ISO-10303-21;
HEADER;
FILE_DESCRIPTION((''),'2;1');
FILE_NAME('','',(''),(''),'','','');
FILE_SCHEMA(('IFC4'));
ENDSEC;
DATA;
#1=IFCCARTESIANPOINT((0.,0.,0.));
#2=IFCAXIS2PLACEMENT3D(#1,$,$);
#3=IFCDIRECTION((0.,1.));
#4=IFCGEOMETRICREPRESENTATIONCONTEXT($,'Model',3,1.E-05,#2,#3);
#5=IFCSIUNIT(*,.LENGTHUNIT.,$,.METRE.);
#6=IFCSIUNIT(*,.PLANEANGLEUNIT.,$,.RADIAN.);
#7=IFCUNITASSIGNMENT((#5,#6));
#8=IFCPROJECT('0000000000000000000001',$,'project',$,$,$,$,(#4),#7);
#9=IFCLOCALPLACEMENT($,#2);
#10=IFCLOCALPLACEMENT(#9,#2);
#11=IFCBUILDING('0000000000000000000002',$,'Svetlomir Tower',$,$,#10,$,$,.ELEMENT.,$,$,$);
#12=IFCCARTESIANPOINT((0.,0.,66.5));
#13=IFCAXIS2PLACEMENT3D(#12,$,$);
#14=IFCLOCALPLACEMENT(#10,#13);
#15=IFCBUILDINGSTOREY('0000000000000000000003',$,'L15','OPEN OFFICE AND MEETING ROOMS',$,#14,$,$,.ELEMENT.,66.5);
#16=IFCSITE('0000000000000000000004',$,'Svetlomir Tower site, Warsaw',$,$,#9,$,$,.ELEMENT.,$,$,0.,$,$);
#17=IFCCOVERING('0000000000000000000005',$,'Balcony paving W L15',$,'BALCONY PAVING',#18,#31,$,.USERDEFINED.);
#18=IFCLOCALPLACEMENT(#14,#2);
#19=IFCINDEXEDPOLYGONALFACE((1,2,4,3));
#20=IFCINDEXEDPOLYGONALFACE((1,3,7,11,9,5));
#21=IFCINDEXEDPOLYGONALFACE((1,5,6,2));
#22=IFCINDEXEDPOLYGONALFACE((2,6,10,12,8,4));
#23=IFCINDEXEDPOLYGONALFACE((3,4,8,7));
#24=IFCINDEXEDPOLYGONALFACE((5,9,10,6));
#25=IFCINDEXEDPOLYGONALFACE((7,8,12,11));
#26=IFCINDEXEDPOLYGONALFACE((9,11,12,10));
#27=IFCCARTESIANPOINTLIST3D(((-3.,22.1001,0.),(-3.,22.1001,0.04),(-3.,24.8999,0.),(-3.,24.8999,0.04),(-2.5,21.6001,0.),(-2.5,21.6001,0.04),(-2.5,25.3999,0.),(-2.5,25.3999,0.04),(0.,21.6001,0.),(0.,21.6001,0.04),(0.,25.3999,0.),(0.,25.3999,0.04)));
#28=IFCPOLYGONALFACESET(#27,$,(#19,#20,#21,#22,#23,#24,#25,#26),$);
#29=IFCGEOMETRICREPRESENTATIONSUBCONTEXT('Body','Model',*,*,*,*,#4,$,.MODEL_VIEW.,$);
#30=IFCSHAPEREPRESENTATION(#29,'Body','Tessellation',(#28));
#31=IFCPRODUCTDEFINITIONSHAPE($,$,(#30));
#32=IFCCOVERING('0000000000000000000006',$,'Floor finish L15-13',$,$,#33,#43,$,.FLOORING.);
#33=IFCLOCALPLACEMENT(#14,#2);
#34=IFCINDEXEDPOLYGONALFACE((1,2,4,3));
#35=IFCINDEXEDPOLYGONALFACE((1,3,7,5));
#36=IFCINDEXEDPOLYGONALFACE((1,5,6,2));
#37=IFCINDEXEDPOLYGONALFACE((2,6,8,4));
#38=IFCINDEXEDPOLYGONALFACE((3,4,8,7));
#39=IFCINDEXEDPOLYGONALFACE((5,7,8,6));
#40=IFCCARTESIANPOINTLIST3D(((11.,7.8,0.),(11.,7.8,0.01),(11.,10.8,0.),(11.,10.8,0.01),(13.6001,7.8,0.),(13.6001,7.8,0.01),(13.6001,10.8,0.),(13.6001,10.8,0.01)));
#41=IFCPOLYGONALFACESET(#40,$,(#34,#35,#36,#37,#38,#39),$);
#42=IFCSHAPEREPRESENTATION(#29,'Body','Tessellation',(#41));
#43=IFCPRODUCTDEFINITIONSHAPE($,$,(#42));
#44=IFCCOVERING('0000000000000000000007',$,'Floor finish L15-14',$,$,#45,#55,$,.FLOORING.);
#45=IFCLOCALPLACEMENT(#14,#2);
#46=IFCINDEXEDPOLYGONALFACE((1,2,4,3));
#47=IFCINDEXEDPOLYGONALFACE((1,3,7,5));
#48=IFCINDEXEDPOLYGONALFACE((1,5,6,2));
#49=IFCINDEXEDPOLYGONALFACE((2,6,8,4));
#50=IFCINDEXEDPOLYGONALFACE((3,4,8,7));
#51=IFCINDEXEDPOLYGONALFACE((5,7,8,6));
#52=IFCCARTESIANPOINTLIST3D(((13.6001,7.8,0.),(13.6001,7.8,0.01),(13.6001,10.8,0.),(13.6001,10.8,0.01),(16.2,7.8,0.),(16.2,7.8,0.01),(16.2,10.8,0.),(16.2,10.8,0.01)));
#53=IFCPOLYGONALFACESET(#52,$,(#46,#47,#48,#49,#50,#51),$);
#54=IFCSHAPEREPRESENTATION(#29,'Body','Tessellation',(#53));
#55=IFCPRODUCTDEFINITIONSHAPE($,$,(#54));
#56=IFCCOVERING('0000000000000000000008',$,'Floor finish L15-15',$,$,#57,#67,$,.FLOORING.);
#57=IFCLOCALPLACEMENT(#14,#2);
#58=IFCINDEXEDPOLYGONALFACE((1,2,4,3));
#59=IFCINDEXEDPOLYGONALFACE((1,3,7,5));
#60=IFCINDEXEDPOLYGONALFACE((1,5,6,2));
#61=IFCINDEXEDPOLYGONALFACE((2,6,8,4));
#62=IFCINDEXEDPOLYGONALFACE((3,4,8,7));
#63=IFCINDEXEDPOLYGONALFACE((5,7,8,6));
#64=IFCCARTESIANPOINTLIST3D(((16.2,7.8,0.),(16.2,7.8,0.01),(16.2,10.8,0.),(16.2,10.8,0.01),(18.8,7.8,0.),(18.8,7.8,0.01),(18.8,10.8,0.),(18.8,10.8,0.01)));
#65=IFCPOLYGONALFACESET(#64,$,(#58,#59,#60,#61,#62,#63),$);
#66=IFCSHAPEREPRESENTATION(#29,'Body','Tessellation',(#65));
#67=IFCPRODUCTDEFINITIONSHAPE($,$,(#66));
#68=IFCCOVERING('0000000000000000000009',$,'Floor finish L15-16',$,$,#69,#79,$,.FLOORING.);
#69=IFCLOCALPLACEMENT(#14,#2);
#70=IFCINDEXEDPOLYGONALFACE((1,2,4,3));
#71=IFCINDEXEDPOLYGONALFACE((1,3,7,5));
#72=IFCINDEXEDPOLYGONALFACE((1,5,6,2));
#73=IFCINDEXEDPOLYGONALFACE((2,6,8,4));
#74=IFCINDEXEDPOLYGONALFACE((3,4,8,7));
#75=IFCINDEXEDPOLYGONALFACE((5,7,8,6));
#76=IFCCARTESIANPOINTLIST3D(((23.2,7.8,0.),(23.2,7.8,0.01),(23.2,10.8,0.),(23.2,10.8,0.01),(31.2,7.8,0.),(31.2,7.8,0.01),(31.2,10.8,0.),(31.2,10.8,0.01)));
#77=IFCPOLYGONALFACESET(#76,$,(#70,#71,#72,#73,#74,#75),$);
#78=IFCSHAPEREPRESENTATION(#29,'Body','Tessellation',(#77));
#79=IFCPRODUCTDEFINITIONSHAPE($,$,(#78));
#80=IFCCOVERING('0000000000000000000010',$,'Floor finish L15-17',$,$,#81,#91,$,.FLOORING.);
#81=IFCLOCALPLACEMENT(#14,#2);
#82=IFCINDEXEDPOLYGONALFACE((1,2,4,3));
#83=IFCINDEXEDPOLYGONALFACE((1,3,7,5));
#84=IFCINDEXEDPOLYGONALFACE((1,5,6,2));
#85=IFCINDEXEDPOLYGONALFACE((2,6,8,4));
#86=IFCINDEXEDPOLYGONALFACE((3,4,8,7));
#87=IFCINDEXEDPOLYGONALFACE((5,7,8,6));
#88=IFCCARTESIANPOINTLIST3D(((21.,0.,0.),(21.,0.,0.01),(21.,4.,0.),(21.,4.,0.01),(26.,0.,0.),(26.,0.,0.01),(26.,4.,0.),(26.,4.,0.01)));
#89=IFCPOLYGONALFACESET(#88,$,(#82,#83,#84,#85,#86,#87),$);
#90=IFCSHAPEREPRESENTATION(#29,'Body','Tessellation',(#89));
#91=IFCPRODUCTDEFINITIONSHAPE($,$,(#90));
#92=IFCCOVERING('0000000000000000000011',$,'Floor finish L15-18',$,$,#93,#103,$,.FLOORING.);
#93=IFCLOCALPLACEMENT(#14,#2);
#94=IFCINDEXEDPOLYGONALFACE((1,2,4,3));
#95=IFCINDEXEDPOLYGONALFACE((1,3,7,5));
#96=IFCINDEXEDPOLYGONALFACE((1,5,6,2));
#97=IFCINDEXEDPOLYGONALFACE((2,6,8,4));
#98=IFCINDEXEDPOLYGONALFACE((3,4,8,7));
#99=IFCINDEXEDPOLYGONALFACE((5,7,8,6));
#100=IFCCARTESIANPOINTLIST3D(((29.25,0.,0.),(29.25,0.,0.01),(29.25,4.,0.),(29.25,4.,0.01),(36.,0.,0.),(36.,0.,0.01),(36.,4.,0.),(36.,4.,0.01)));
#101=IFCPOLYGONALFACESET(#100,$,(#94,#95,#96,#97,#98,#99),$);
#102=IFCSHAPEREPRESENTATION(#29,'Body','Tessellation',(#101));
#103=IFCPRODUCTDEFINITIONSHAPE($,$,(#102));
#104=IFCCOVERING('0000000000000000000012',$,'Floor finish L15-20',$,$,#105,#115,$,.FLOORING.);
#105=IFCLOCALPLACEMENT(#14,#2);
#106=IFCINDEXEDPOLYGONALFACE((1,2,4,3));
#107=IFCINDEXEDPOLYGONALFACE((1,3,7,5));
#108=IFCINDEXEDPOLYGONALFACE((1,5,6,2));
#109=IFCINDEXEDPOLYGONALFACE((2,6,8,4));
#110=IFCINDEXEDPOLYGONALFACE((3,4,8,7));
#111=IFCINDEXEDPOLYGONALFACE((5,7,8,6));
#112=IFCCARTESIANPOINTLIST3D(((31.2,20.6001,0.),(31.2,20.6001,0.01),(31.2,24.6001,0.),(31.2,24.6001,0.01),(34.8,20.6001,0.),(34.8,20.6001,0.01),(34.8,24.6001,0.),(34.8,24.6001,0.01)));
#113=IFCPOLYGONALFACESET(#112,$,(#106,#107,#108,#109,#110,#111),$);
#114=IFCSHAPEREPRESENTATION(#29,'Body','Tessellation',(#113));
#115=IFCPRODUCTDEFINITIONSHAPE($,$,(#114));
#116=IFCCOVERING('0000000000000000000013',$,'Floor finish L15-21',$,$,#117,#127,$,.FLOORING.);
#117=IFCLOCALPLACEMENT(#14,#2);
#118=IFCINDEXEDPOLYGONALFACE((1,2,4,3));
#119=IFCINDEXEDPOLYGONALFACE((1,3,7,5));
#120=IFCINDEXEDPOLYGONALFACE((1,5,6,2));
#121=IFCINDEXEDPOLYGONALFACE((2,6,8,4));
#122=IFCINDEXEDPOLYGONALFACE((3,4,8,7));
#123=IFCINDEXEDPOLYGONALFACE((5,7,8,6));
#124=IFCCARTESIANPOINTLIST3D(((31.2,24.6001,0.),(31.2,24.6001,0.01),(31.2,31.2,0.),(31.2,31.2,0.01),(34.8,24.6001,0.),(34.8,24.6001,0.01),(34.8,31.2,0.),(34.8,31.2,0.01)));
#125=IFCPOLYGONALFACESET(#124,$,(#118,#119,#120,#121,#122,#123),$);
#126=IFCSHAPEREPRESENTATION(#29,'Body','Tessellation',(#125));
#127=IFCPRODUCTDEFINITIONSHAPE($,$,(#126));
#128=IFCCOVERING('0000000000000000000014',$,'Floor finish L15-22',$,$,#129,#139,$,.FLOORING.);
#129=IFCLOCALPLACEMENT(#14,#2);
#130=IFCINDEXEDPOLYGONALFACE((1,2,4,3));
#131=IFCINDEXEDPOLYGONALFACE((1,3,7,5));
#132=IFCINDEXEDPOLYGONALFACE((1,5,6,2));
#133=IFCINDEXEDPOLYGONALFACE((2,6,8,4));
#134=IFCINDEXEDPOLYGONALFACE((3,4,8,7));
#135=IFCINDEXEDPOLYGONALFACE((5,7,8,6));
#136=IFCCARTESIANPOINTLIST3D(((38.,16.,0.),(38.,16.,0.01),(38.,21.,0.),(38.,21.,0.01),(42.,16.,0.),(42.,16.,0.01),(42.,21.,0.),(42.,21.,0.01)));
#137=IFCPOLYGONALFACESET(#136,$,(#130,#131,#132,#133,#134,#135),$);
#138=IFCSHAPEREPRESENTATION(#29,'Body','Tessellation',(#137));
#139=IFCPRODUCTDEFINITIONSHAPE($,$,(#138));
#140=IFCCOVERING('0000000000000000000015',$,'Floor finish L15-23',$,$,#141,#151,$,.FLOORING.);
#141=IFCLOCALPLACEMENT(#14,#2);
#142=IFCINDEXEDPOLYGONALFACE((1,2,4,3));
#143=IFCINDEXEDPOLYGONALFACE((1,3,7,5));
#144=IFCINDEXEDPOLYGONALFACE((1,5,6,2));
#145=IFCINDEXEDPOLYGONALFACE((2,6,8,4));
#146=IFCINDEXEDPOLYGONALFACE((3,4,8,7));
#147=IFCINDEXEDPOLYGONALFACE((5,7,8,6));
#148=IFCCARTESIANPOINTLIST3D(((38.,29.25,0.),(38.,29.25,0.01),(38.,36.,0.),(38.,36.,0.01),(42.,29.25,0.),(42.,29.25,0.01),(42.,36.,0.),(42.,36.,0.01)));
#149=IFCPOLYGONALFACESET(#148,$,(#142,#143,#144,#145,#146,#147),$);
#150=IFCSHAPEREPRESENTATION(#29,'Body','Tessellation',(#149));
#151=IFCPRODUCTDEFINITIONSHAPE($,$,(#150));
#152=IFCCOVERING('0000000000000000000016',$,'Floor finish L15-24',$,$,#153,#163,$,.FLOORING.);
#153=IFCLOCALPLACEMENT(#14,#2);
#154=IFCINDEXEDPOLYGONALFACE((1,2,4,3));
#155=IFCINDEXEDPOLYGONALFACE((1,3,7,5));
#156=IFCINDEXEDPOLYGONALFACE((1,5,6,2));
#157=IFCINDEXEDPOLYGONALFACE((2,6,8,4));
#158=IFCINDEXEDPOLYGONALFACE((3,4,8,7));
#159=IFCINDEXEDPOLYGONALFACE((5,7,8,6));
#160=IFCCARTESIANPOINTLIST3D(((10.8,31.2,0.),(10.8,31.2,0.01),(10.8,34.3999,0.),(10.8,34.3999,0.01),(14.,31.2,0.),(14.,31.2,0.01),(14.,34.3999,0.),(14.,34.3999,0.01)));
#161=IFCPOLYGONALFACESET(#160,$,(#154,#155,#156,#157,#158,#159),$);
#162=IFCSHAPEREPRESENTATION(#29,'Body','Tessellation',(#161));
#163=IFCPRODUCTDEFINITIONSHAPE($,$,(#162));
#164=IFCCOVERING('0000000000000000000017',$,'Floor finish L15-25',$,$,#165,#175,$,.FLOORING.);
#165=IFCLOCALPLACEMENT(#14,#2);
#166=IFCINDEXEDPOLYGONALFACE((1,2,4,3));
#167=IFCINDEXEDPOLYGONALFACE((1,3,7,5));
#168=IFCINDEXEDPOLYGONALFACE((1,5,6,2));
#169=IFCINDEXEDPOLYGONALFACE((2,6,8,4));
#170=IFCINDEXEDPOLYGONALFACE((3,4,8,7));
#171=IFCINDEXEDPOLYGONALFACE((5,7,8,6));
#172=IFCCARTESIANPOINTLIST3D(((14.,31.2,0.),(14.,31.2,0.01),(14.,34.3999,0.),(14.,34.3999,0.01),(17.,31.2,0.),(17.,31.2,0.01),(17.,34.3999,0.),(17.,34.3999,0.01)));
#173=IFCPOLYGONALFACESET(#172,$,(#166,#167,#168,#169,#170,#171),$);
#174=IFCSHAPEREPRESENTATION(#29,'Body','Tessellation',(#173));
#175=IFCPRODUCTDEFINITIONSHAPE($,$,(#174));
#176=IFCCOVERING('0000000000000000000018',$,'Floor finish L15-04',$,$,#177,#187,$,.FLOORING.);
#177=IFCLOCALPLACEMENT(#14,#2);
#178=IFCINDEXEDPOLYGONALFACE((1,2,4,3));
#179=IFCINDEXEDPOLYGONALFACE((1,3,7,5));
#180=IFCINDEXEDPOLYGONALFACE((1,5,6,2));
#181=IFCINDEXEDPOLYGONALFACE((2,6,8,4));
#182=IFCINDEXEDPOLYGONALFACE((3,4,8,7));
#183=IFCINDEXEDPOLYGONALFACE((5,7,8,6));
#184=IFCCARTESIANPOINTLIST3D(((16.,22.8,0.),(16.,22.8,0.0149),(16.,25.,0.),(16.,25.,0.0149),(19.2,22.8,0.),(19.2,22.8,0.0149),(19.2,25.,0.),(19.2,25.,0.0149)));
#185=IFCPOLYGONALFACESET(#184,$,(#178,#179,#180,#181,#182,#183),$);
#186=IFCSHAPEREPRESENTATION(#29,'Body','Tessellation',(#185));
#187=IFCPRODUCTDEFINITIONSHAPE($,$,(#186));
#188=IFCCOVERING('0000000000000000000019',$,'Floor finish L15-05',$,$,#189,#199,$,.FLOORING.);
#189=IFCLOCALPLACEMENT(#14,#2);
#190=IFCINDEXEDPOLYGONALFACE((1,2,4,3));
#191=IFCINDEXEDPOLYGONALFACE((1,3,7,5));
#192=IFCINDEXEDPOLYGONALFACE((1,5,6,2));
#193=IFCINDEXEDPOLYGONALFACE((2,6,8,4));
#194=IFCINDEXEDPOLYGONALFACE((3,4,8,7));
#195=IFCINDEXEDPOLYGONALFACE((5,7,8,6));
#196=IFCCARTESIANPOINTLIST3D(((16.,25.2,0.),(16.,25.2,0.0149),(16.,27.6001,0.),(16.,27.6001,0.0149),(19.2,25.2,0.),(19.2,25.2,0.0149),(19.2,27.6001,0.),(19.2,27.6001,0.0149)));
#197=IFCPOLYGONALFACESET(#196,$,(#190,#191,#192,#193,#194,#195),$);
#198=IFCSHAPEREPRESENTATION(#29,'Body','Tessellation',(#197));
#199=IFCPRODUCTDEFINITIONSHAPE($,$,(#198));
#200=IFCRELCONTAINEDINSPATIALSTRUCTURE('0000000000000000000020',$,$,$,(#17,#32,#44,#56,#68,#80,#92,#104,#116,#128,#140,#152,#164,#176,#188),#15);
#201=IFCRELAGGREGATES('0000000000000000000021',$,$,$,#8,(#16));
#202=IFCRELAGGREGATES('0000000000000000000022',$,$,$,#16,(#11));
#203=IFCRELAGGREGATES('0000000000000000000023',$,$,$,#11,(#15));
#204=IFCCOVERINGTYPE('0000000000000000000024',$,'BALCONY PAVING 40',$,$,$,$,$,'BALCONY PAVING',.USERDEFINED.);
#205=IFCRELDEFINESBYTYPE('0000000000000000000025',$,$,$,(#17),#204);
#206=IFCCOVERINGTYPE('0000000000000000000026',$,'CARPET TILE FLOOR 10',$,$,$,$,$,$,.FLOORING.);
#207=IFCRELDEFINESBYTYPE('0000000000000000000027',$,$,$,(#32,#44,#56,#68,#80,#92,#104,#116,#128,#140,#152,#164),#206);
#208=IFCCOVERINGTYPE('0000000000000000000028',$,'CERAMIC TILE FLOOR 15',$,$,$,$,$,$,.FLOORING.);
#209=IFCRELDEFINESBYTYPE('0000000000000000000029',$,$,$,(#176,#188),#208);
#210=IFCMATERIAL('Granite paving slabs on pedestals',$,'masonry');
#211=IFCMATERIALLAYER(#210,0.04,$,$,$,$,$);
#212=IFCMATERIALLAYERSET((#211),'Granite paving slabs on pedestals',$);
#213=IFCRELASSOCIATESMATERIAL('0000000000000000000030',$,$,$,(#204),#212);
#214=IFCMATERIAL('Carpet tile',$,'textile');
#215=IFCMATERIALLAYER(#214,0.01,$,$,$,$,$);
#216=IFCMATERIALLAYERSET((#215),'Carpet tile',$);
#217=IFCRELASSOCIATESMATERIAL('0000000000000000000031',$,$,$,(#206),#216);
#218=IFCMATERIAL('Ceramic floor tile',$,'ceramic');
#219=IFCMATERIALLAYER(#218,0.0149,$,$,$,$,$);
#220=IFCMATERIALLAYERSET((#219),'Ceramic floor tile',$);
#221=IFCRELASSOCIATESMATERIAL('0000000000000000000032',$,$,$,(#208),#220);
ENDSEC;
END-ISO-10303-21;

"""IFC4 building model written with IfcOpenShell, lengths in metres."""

from ifc_helpers import new_model, si_unit, direction, frame, origin, place, context, subcontext, project, spatial, polyline, outline, extrude, material, layer, layer_set, type_object, element, save


model = new_model("IFC4")

# Units and contexts
model_context = context("Model", 3, precision=1e-05, world=origin(), true_north=direction((0.0, 1.0)))
body_context = subcontext(model_context, "Body", "Model", "MODEL_VIEW")
ifc_project = project(units=[si_unit("LENGTHUNIT", "METRE"), si_unit("PLANEANGLEUNIT", "RADIAN")], contexts=[model_context])

# Site, building, storey
site_placement = place(None, origin())
site = spatial("IfcSite", under=ifc_project, at=site_placement, Name="Svetlomir Tower site, Warsaw", CompositionType="ELEMENT", RefElevation=0.0)
building_placement = place(site_placement, origin())
building = spatial("IfcBuilding", under=site, at=building_placement, Name="Svetlomir Tower", CompositionType="ELEMENT")
storey_placement = place(building_placement, frame((0.0, 0.0, 66.5)))
storey = spatial("IfcBuildingStorey", under=building, at=storey_placement, Name="L15", Description="OPEN OFFICE AND MEETING ROOMS", CompositionType="ELEMENT", Elevation=66.5)

# Coverings
ifc_material_1 = material(Name="Granite paving slabs on pedestals", Category="masonry")
ifc_layer_1 = layer(ifc_material_1, 0.04)
ifc_layer_set_1 = layer_set([ifc_layer_1], Name="Granite paving slabs on pedestals")
covering_type_1 = type_object("IfcCoveringType", Name="BALCONY PAVING 40", ElementType="BALCONY PAVING", PredefinedType="USERDEFINED", material=ifc_layer_set_1)
covering_1_placement = place(storey_placement, origin())
element("IfcCovering", 1, at=covering_1_placement, inside=storey, type_object=covering_type_1, Name="Balcony paving W L15", ObjectType="BALCONY PAVING", PredefinedType="USERDEFINED", context=body_context, shape_type="SweptSolid", body=[
    extrude(outline(polyline([(-2.5, 21.6001), (0.0, 21.6001), (0.0, 25.3999), (-2.5, 25.3999), (-3.0, 24.8999), (-3.0, 22.1001), (-2.5, 21.6001)])), origin(), (0.0, 0.0, 1.0), 0.04),
])
ifc_material_2 = material(Name="Carpet tile", Category="textile")
ifc_layer_2 = layer(ifc_material_2, 0.01)
ifc_layer_set_2 = layer_set([ifc_layer_2], Name="Carpet tile")
covering_type_2 = type_object("IfcCoveringType", Name="CARPET TILE FLOOR 10", PredefinedType="FLOORING", material=ifc_layer_set_2)
covering_2_placement = place(storey_placement, origin())
element("IfcCovering", 2, at=covering_2_placement, inside=storey, type_object=covering_type_2, Name="Floor finish L15-13", PredefinedType="FLOORING", context=body_context, shape_type="SweptSolid", body=[
    extrude(outline(polyline([(11.0, 7.8), (13.6001, 7.8), (13.6001, 10.8), (11.0, 10.8), (11.0, 7.8)])), origin(), (0.0, 0.0, 1.0), 0.01),
])
covering_3_placement = place(storey_placement, origin())
element("IfcCovering", 3, at=covering_3_placement, inside=storey, type_object=covering_type_2, Name="Floor finish L15-14", PredefinedType="FLOORING", context=body_context, shape_type="SweptSolid", body=[
    extrude(outline(polyline([(13.6001, 7.8), (16.2, 7.8), (16.2, 10.8), (13.6001, 10.8), (13.6001, 7.8)])), origin(), (0.0, 0.0, 1.0), 0.01),
])
covering_4_placement = place(storey_placement, origin())
element("IfcCovering", 4, at=covering_4_placement, inside=storey, type_object=covering_type_2, Name="Floor finish L15-15", PredefinedType="FLOORING", context=body_context, shape_type="SweptSolid", body=[
    extrude(outline(polyline([(16.2, 7.8), (18.8, 7.8), (18.8, 10.8), (16.2, 10.8), (16.2, 7.8)])), origin(), (0.0, 0.0, 1.0), 0.01),
])
covering_5_placement = place(storey_placement, origin())
element("IfcCovering", 5, at=covering_5_placement, inside=storey, type_object=covering_type_2, Name="Floor finish L15-16", PredefinedType="FLOORING", context=body_context, shape_type="SweptSolid", body=[
    extrude(outline(polyline([(23.2, 7.8), (31.2, 7.8), (31.2, 10.8), (23.2, 10.8), (23.2, 7.8)])), origin(), (0.0, 0.0, 1.0), 0.01),
])
covering_6_placement = place(storey_placement, origin())
element("IfcCovering", 6, at=covering_6_placement, inside=storey, type_object=covering_type_2, Name="Floor finish L15-17", PredefinedType="FLOORING", context=body_context, shape_type="SweptSolid", body=[
    extrude(outline(polyline([(21.0, 0.0), (26.0, 0.0), (26.0, 4.0), (21.0, 4.0), (21.0, 0.0)])), origin(), (0.0, 0.0, 1.0), 0.01),
])
covering_7_placement = place(storey_placement, origin())
element("IfcCovering", 7, at=covering_7_placement, inside=storey, type_object=covering_type_2, Name="Floor finish L15-18", PredefinedType="FLOORING", context=body_context, shape_type="SweptSolid", body=[
    extrude(outline(polyline([(29.25, 0.0), (36.0, 0.0), (36.0, 4.0), (29.25, 4.0), (29.25, 0.0)])), origin(), (0.0, 0.0, 1.0), 0.01),
])
covering_8_placement = place(storey_placement, origin())
element("IfcCovering", 8, at=covering_8_placement, inside=storey, type_object=covering_type_2, Name="Floor finish L15-20", PredefinedType="FLOORING", context=body_context, shape_type="SweptSolid", body=[
    extrude(outline(polyline([(31.2, 20.6001), (34.8, 20.6001), (34.8, 24.6001), (31.2, 24.6001), (31.2, 20.6001)])), origin(), (0.0, 0.0, 1.0), 0.01),
])
covering_9_placement = place(storey_placement, origin())
element("IfcCovering", 9, at=covering_9_placement, inside=storey, type_object=covering_type_2, Name="Floor finish L15-21", PredefinedType="FLOORING", context=body_context, shape_type="SweptSolid", body=[
    extrude(outline(polyline([(31.2, 24.6001), (34.8, 24.6001), (34.8, 31.2), (31.2, 31.2), (31.2, 24.6001)])), origin(), (0.0, 0.0, 1.0), 0.01),
])
covering_10_placement = place(storey_placement, origin())
element("IfcCovering", 10, at=covering_10_placement, inside=storey, type_object=covering_type_2, Name="Floor finish L15-22", PredefinedType="FLOORING", context=body_context, shape_type="SweptSolid", body=[
    extrude(outline(polyline([(38.0, 16.0), (42.0, 16.0), (42.0, 21.0), (38.0, 21.0), (38.0, 16.0)])), origin(), (0.0, 0.0, 1.0), 0.01),
])
covering_11_placement = place(storey_placement, origin())
element("IfcCovering", 11, at=covering_11_placement, inside=storey, type_object=covering_type_2, Name="Floor finish L15-23", PredefinedType="FLOORING", context=body_context, shape_type="SweptSolid", body=[
    extrude(outline(polyline([(38.0, 29.25), (42.0, 29.25), (42.0, 36.0), (38.0, 36.0), (38.0, 29.25)])), origin(), (0.0, 0.0, 1.0), 0.01),
])
covering_12_placement = place(storey_placement, origin())
element("IfcCovering", 12, at=covering_12_placement, inside=storey, type_object=covering_type_2, Name="Floor finish L15-24", PredefinedType="FLOORING", context=body_context, shape_type="SweptSolid", body=[
    extrude(outline(polyline([(10.8, 31.2), (14.0, 31.2), (14.0, 34.3999), (10.8, 34.3999), (10.8, 31.2)])), origin(), (0.0, 0.0, 1.0), 0.01),
])
covering_13_placement = place(storey_placement, origin())
element("IfcCovering", 13, at=covering_13_placement, inside=storey, type_object=covering_type_2, Name="Floor finish L15-25", PredefinedType="FLOORING", context=body_context, shape_type="SweptSolid", body=[
    extrude(outline(polyline([(14.0, 31.2), (17.0, 31.2), (17.0, 34.3999), (14.0, 34.3999), (14.0, 31.2)])), origin(), (0.0, 0.0, 1.0), 0.01),
])
ifc_material_3 = material(Name="Ceramic floor tile", Category="ceramic")
ifc_layer_3 = layer(ifc_material_3, 0.0149)
ifc_layer_set_3 = layer_set([ifc_layer_3], Name="Ceramic floor tile")
covering_type_3 = type_object("IfcCoveringType", Name="CERAMIC TILE FLOOR 15", PredefinedType="FLOORING", material=ifc_layer_set_3)
covering_14_placement = place(storey_placement, origin())
element("IfcCovering", 14, at=covering_14_placement, inside=storey, type_object=covering_type_3, Name="Floor finish L15-04", PredefinedType="FLOORING", context=body_context, shape_type="SweptSolid", body=[
    extrude(outline(polyline([(16.0, 22.8), (19.2, 22.8), (19.2, 25.0), (16.0, 25.0), (16.0, 22.8)])), origin(), (0.0, 0.0, 1.0), 0.0149),
])
covering_15_placement = place(storey_placement, origin())
element("IfcCovering", 15, at=covering_15_placement, inside=storey, type_object=covering_type_3, Name="Floor finish L15-05", PredefinedType="FLOORING", context=body_context, shape_type="SweptSolid", body=[
    extrude(outline(polyline([(16.0, 25.2), (19.2, 25.2), (19.2, 27.6001), (16.0, 27.6001), (16.0, 25.2)])), origin(), (0.0, 0.0, 1.0), 0.0149),
])

save(model, "model.ifc")
